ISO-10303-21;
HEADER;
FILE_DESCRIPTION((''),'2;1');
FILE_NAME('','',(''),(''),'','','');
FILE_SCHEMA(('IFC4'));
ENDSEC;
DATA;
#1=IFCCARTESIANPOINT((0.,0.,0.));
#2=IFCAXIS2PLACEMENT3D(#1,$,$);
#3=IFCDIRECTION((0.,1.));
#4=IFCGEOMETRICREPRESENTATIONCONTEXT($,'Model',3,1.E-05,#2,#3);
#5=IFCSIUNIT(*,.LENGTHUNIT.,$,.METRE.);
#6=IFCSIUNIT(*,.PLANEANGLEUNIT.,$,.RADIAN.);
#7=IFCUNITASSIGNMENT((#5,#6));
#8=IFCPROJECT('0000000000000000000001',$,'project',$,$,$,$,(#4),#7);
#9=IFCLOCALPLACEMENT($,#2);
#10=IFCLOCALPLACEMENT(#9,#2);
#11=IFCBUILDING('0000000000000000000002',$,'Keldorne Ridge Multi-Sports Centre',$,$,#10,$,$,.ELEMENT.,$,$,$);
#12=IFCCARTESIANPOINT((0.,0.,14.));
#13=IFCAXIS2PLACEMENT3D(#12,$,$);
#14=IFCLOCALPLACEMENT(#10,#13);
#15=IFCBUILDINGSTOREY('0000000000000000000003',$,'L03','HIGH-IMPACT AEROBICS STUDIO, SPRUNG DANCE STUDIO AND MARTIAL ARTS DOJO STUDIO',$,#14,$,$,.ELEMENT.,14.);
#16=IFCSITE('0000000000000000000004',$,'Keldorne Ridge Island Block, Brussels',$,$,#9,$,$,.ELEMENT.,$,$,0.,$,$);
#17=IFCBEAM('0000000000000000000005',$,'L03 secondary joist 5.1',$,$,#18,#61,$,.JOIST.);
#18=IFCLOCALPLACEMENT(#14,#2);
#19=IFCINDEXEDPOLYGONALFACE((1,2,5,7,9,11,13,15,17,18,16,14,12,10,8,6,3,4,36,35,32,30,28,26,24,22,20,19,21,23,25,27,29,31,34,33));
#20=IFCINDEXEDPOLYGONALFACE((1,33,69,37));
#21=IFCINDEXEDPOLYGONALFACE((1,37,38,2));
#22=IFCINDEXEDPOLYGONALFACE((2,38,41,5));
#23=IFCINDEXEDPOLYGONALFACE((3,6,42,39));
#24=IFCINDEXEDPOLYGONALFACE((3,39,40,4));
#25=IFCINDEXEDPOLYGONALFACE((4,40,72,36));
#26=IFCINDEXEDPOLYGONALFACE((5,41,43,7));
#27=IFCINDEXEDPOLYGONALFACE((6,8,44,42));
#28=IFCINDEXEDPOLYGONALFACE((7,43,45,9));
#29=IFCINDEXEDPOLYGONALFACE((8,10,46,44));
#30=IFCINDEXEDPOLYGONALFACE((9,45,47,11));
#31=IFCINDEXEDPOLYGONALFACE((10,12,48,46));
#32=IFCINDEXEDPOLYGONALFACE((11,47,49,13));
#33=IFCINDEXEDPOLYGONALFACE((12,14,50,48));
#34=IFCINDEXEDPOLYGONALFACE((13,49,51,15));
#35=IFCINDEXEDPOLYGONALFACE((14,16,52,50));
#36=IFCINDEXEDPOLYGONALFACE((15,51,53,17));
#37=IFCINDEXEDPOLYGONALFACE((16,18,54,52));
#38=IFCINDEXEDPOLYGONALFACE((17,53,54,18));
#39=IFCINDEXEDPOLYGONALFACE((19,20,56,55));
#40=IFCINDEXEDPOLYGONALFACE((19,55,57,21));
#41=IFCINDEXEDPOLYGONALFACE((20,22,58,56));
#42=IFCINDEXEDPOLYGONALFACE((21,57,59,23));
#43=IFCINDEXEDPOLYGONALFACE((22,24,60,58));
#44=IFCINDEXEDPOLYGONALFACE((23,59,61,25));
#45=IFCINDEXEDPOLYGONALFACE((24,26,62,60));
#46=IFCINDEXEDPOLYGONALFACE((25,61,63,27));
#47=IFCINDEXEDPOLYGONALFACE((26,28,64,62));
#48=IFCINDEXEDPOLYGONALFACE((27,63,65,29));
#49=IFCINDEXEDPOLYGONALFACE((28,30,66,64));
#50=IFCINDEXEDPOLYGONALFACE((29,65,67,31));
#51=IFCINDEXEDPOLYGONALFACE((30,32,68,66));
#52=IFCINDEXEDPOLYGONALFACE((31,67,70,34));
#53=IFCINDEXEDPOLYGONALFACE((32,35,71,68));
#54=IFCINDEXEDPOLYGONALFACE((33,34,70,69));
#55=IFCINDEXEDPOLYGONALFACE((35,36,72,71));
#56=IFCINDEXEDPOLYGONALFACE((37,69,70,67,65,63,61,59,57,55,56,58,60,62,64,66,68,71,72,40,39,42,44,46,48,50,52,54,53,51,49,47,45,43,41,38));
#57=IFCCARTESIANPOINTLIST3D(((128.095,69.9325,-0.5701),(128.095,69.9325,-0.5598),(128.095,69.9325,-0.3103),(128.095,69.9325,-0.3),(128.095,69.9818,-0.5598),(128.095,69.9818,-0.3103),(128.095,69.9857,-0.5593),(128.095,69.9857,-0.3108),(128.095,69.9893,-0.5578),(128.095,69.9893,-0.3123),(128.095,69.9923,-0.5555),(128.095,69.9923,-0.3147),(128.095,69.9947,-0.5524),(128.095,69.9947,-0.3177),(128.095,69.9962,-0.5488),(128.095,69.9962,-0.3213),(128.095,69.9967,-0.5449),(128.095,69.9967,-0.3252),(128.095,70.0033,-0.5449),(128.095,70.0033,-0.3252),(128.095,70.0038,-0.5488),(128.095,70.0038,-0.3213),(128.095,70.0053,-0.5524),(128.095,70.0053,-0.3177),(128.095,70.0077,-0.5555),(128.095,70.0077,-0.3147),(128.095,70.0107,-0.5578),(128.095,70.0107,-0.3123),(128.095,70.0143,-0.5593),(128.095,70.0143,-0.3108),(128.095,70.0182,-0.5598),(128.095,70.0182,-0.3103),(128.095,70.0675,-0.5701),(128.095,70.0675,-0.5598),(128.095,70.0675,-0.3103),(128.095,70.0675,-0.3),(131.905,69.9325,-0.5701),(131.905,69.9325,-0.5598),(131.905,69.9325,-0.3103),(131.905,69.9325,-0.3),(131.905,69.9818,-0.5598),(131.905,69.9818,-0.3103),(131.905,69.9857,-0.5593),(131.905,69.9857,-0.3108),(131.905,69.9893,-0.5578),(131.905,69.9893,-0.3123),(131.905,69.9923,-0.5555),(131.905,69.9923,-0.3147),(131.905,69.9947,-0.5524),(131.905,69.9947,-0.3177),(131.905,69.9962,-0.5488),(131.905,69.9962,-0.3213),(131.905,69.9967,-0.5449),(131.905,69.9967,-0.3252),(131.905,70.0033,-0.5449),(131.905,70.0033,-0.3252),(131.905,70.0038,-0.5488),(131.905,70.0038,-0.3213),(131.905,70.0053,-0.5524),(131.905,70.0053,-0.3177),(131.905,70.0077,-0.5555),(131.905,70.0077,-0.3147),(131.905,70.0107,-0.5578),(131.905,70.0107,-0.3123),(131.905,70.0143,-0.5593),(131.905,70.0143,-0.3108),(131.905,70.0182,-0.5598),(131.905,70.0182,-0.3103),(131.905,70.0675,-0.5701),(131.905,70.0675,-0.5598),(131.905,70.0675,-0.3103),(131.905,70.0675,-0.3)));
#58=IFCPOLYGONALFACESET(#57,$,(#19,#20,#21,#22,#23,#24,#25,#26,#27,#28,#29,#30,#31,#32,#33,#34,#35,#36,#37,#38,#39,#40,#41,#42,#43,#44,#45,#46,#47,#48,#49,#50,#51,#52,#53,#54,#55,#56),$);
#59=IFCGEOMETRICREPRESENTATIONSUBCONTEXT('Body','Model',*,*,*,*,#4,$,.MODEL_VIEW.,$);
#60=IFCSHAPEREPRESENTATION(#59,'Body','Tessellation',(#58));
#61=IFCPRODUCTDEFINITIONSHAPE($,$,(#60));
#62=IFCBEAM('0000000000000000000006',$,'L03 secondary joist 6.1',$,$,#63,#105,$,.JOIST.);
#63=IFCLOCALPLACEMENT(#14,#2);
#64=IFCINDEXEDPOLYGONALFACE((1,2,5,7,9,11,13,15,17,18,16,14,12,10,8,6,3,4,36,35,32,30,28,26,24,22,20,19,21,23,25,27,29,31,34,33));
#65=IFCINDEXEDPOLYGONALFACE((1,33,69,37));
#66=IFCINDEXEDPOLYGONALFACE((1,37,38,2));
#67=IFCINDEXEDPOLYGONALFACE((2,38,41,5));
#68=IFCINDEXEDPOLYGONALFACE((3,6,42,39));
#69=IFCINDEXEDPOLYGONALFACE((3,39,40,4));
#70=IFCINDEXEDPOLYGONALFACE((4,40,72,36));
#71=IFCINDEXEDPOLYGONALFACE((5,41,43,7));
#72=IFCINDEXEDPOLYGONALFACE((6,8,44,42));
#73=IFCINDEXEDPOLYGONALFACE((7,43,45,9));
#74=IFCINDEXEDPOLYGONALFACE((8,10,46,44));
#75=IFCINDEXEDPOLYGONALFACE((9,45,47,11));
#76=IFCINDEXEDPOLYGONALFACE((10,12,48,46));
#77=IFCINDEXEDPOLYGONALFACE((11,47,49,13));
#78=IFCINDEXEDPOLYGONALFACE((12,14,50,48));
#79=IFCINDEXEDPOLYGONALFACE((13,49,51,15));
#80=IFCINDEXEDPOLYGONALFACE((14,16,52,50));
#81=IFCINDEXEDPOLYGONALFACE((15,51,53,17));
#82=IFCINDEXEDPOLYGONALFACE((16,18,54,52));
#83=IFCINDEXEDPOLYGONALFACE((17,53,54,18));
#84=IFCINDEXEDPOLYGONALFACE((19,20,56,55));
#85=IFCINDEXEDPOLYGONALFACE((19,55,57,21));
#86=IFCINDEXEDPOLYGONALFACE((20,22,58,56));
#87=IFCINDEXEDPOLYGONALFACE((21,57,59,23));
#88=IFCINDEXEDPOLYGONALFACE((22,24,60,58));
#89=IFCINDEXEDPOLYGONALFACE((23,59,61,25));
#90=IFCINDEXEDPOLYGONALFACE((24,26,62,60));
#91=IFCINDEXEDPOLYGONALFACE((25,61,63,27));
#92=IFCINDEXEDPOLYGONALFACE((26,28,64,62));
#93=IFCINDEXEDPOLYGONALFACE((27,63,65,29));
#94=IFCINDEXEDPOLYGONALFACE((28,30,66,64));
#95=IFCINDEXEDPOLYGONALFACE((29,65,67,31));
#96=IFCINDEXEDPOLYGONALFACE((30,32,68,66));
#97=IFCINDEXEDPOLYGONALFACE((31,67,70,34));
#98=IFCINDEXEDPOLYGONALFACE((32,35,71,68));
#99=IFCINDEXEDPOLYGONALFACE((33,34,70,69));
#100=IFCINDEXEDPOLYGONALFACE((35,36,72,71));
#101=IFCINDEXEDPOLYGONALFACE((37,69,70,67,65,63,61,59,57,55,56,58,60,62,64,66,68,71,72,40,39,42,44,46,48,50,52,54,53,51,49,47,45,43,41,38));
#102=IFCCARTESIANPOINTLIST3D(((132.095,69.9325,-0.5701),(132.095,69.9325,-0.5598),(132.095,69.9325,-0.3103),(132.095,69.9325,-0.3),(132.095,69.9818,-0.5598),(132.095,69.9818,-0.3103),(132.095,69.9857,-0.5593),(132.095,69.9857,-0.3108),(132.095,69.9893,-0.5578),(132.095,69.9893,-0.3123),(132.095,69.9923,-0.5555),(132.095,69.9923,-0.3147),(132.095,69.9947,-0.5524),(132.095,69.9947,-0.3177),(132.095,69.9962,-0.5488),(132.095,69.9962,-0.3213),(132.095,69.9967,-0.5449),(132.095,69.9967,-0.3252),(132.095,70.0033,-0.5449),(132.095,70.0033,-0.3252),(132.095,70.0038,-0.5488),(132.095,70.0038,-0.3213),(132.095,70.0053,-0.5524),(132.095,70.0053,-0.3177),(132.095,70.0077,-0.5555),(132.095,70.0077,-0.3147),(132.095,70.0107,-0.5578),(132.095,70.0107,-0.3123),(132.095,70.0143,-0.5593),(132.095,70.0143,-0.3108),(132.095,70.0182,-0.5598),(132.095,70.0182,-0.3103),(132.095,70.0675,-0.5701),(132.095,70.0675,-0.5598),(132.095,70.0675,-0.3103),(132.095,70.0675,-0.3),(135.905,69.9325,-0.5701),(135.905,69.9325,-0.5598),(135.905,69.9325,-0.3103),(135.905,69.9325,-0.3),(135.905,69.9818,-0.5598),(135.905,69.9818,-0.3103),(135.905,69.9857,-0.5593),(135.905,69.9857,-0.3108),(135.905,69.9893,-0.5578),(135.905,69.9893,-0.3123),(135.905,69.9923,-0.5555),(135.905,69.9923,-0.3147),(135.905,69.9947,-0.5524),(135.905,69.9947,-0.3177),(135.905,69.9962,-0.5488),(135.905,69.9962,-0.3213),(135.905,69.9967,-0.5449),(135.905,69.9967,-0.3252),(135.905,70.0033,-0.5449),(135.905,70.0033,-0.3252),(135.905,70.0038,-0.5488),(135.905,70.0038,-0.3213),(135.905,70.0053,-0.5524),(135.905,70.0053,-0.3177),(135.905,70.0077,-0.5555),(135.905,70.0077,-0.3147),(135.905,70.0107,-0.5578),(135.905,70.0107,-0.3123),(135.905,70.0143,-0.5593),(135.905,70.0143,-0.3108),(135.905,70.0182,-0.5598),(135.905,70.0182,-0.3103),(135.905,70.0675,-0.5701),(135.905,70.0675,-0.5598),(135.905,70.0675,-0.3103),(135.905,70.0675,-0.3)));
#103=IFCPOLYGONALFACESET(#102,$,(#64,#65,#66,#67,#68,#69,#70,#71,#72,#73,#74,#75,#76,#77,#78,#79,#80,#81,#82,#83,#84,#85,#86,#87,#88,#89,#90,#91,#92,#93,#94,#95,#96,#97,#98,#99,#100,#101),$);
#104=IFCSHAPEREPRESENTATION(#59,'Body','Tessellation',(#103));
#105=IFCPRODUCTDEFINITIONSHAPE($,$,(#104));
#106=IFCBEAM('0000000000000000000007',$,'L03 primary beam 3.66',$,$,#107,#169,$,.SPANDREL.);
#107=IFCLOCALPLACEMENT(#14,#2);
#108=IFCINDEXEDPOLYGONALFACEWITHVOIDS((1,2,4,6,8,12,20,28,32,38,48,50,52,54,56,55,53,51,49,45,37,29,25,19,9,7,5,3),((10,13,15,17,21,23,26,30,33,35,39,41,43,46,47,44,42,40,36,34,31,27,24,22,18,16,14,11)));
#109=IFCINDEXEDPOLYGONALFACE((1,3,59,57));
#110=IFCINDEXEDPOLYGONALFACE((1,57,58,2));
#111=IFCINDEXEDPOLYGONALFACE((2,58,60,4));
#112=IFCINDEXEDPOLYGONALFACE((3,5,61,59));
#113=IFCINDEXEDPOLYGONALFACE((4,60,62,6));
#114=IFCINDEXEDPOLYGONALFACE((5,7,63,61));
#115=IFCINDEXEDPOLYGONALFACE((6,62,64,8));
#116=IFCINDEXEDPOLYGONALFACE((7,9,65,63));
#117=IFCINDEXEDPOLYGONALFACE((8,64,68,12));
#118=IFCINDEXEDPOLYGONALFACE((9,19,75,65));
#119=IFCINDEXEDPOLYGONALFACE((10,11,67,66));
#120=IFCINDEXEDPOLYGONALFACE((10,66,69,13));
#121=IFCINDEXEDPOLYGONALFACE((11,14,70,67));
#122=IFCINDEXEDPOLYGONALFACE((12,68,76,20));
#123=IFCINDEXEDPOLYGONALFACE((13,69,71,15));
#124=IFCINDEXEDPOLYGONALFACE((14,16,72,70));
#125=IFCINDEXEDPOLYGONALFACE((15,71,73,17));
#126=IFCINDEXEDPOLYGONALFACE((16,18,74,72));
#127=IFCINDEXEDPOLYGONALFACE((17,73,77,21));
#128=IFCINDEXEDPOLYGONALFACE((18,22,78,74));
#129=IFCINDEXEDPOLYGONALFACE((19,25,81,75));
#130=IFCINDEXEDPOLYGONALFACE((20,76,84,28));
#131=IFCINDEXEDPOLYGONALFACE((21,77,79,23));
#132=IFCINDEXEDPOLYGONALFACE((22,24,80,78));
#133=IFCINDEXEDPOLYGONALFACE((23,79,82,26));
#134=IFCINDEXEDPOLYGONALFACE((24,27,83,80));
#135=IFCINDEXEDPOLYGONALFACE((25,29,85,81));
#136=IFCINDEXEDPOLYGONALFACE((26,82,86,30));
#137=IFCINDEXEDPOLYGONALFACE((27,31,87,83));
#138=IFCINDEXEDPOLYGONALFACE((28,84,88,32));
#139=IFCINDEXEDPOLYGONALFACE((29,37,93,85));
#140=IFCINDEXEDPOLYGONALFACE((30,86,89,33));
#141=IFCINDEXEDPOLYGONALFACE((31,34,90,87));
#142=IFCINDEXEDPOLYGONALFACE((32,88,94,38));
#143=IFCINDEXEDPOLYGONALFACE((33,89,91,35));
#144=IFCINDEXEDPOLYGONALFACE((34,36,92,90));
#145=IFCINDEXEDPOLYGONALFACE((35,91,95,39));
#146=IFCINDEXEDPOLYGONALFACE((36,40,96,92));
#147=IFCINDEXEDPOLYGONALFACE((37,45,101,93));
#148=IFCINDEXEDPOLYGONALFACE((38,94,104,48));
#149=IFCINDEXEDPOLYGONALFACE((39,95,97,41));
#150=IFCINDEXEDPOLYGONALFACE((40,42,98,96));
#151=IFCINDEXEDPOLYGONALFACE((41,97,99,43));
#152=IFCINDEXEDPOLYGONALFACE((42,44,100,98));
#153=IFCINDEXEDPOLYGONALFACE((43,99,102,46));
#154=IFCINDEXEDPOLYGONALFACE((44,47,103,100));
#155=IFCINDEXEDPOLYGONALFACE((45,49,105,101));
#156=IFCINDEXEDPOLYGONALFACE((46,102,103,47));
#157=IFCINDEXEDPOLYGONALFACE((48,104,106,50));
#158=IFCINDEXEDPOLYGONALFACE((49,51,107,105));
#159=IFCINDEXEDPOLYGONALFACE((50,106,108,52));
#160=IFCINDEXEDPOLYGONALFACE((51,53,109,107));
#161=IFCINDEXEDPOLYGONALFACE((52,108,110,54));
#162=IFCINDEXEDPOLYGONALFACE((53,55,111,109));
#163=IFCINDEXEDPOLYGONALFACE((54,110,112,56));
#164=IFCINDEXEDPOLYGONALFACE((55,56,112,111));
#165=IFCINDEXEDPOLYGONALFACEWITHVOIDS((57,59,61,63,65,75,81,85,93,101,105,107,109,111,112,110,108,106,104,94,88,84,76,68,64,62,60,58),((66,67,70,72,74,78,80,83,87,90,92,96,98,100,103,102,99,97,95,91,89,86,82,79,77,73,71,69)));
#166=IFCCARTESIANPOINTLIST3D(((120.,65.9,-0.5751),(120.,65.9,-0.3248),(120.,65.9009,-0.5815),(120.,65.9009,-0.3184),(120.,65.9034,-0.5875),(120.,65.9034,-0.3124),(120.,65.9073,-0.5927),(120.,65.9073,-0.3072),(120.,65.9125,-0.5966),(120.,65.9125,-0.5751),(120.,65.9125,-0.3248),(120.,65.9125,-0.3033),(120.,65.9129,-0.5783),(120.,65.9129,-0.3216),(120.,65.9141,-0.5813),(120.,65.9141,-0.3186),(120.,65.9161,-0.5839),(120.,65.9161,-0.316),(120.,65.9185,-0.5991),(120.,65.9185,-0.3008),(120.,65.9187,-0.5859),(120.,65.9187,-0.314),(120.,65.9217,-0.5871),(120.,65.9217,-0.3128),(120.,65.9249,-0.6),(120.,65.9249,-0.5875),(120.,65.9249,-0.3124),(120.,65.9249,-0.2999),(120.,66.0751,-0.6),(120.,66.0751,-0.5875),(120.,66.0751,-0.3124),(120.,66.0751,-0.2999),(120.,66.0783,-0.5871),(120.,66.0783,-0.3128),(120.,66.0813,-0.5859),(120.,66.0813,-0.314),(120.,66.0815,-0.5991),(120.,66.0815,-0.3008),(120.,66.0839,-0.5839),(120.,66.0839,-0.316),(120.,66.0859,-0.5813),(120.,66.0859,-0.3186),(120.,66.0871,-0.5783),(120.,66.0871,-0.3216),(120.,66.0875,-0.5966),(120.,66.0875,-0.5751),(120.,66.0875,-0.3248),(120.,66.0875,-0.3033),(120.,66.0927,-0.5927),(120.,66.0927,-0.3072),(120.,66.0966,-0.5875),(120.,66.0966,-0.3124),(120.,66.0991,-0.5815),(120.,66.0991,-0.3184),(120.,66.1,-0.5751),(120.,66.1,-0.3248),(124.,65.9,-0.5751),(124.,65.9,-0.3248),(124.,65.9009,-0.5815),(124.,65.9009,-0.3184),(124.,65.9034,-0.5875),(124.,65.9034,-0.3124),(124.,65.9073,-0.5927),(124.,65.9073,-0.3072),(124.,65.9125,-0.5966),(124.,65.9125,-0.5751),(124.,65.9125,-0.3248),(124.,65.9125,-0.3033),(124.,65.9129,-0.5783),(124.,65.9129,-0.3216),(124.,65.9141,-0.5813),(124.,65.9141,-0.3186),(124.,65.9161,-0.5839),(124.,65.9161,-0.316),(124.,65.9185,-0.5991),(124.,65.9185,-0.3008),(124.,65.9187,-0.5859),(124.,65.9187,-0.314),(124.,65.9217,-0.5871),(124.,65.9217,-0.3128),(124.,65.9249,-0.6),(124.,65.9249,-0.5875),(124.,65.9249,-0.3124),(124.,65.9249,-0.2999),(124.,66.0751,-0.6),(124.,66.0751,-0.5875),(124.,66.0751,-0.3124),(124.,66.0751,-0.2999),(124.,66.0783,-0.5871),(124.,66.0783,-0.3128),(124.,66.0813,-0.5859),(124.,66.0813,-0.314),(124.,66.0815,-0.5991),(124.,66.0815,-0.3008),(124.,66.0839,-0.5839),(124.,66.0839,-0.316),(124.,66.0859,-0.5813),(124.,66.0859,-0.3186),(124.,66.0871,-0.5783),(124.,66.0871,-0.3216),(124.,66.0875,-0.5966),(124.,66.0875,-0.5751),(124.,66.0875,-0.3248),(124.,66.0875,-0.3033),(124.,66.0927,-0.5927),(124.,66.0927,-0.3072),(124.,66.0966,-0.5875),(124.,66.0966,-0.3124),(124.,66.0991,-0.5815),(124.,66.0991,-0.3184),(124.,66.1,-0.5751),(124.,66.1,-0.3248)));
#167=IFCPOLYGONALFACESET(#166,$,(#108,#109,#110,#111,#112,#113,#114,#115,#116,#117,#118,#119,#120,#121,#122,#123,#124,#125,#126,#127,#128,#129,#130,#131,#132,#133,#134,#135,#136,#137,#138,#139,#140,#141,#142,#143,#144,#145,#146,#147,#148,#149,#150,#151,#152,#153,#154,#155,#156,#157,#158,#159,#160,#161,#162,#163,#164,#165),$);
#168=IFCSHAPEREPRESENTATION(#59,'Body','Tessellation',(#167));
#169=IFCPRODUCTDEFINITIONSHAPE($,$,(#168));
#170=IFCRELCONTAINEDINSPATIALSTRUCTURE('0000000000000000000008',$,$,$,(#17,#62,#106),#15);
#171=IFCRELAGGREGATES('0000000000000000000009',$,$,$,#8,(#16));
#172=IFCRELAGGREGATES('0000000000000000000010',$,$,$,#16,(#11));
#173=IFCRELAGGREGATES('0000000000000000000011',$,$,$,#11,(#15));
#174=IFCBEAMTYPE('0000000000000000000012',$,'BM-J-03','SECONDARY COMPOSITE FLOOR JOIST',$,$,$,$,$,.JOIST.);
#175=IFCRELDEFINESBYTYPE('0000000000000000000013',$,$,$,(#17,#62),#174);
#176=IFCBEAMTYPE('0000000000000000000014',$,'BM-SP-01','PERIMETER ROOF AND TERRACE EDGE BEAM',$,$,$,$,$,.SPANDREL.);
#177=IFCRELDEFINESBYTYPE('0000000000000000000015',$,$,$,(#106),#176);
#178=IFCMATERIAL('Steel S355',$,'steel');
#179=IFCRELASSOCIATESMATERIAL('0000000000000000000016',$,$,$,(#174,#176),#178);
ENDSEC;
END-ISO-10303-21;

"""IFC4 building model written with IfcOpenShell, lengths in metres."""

from ifc_helpers import new_model, si_unit, direction, frame, origin, origin_2d, place, context, subcontext, project, spatial, hollow_rectangle, i_section, extrude, material, material_profile, profile_set, type_object, element, save


model = new_model("IFC4")

# Units and contexts
model_context = context("Model", 3, precision=1e-05, world=origin(), true_north=direction((0.0, 1.0)))
body_context = subcontext(model_context, "Body", "Model", "MODEL_VIEW")
ifc_project = project(units=[si_unit("LENGTHUNIT", "METRE"), si_unit("PLANEANGLEUNIT", "RADIAN")], contexts=[model_context])

# Site, building, storey
site_placement = place(None, origin())
site = spatial("IfcSite", under=ifc_project, at=site_placement, Name="Keldorne Ridge Island Block, Brussels", CompositionType="ELEMENT", RefElevation=0.0)
building_placement = place(site_placement, origin())
building = spatial("IfcBuilding", under=site, at=building_placement, Name="Keldorne Ridge Multi-Sports Centre", CompositionType="ELEMENT")
storey_placement = place(building_placement, frame((0.0, 0.0, 14.0)))
storey = spatial("IfcBuildingStorey", under=building, at=storey_placement, Name="L03", Description="HIGH-IMPACT AEROBICS STUDIO, SPRUNG DANCE STUDIO AND MARTIAL ARTS DOJO STUDIO", CompositionType="ELEMENT", Elevation=14.0)

# Beams
ifc_material_1 = material(Name="Steel S355", Category="steel")
ifc_material_profile_1 = material_profile(ifc_material_1, i_section(OverallWidth=0.135, OverallDepth=0.27, WebThickness=0.0066, FlangeThickness=0.0103, FilletRadius=0.0149, at=origin_2d()), Name="IPE 270")
ifc_profile_set_1 = profile_set([ifc_material_profile_1], Name="Steel S355")
beam_type_1 = type_object("IfcBeamType", Name="BM-J-03", Description="SECONDARY COMPOSITE FLOOR JOIST", PredefinedType="JOIST", material=ifc_profile_set_1)
for number, where, z_axis, x_axis, name in (
    (1, (128.095, 70.0, -0.4351), (1.0, 0.0, 0.0), (0.0, 1.0, 0.0), "L03 secondary joist 5.1"),
    (2, (132.095, 70.0, -0.4351), (1.0, 0.0, 0.0), (0.0, 1.0, 0.0), "L03 secondary joist 6.1"),
):
    element("IfcBeam", number, at=place(storey_placement, frame(where, z_axis=z_axis, x_axis=x_axis)), inside=storey, type_object=beam_type_1, Name=name, PredefinedType="JOIST", context=body_context, shape_type="SweptSolid", body=[
        extrude(i_section(OverallWidth=0.135, OverallDepth=0.27, WebThickness=0.0066, FlangeThickness=0.0103, FilletRadius=0.0149, at=origin_2d()), origin(), (0.0, 0.0, 1.0), 3.8101),
    ])
ifc_material_profile_2 = material_profile(ifc_material_1, hollow_rectangle(XDim=0.2, YDim=0.3, WallThickness=0.0125, InnerFilletRadius=0.0125, OuterFilletRadius=0.0249, at=origin_2d()), Name="RHS 300x200x12.5")
ifc_profile_set_2 = profile_set([ifc_material_profile_2], Name="Steel S355")
beam_type_2 = type_object("IfcBeamType", Name="BM-SP-01", Description="PERIMETER ROOF AND TERRACE EDGE BEAM", PredefinedType="SPANDREL", material=ifc_profile_set_2)
for number, where, z_axis, x_axis, name in (
    (3, (120.0, 66.0, -0.45), (1.0, 0.0, 0.0), (0.0, 1.0, 0.0), "L03 primary beam 3.66"),
):
    element("IfcBeam", number, at=place(storey_placement, frame(where, z_axis=z_axis, x_axis=x_axis)), inside=storey, type_object=beam_type_2, Name=name, PredefinedType="SPANDREL", context=body_context, shape_type="SweptSolid", body=[
        extrude(hollow_rectangle(XDim=0.2, YDim=0.3, WallThickness=0.0125, InnerFilletRadius=0.0125, OuterFilletRadius=0.0249, at=origin_2d()), origin(), (0.0, 0.0, 1.0), 4.0),
    ])

save(model, "model.ifc")
